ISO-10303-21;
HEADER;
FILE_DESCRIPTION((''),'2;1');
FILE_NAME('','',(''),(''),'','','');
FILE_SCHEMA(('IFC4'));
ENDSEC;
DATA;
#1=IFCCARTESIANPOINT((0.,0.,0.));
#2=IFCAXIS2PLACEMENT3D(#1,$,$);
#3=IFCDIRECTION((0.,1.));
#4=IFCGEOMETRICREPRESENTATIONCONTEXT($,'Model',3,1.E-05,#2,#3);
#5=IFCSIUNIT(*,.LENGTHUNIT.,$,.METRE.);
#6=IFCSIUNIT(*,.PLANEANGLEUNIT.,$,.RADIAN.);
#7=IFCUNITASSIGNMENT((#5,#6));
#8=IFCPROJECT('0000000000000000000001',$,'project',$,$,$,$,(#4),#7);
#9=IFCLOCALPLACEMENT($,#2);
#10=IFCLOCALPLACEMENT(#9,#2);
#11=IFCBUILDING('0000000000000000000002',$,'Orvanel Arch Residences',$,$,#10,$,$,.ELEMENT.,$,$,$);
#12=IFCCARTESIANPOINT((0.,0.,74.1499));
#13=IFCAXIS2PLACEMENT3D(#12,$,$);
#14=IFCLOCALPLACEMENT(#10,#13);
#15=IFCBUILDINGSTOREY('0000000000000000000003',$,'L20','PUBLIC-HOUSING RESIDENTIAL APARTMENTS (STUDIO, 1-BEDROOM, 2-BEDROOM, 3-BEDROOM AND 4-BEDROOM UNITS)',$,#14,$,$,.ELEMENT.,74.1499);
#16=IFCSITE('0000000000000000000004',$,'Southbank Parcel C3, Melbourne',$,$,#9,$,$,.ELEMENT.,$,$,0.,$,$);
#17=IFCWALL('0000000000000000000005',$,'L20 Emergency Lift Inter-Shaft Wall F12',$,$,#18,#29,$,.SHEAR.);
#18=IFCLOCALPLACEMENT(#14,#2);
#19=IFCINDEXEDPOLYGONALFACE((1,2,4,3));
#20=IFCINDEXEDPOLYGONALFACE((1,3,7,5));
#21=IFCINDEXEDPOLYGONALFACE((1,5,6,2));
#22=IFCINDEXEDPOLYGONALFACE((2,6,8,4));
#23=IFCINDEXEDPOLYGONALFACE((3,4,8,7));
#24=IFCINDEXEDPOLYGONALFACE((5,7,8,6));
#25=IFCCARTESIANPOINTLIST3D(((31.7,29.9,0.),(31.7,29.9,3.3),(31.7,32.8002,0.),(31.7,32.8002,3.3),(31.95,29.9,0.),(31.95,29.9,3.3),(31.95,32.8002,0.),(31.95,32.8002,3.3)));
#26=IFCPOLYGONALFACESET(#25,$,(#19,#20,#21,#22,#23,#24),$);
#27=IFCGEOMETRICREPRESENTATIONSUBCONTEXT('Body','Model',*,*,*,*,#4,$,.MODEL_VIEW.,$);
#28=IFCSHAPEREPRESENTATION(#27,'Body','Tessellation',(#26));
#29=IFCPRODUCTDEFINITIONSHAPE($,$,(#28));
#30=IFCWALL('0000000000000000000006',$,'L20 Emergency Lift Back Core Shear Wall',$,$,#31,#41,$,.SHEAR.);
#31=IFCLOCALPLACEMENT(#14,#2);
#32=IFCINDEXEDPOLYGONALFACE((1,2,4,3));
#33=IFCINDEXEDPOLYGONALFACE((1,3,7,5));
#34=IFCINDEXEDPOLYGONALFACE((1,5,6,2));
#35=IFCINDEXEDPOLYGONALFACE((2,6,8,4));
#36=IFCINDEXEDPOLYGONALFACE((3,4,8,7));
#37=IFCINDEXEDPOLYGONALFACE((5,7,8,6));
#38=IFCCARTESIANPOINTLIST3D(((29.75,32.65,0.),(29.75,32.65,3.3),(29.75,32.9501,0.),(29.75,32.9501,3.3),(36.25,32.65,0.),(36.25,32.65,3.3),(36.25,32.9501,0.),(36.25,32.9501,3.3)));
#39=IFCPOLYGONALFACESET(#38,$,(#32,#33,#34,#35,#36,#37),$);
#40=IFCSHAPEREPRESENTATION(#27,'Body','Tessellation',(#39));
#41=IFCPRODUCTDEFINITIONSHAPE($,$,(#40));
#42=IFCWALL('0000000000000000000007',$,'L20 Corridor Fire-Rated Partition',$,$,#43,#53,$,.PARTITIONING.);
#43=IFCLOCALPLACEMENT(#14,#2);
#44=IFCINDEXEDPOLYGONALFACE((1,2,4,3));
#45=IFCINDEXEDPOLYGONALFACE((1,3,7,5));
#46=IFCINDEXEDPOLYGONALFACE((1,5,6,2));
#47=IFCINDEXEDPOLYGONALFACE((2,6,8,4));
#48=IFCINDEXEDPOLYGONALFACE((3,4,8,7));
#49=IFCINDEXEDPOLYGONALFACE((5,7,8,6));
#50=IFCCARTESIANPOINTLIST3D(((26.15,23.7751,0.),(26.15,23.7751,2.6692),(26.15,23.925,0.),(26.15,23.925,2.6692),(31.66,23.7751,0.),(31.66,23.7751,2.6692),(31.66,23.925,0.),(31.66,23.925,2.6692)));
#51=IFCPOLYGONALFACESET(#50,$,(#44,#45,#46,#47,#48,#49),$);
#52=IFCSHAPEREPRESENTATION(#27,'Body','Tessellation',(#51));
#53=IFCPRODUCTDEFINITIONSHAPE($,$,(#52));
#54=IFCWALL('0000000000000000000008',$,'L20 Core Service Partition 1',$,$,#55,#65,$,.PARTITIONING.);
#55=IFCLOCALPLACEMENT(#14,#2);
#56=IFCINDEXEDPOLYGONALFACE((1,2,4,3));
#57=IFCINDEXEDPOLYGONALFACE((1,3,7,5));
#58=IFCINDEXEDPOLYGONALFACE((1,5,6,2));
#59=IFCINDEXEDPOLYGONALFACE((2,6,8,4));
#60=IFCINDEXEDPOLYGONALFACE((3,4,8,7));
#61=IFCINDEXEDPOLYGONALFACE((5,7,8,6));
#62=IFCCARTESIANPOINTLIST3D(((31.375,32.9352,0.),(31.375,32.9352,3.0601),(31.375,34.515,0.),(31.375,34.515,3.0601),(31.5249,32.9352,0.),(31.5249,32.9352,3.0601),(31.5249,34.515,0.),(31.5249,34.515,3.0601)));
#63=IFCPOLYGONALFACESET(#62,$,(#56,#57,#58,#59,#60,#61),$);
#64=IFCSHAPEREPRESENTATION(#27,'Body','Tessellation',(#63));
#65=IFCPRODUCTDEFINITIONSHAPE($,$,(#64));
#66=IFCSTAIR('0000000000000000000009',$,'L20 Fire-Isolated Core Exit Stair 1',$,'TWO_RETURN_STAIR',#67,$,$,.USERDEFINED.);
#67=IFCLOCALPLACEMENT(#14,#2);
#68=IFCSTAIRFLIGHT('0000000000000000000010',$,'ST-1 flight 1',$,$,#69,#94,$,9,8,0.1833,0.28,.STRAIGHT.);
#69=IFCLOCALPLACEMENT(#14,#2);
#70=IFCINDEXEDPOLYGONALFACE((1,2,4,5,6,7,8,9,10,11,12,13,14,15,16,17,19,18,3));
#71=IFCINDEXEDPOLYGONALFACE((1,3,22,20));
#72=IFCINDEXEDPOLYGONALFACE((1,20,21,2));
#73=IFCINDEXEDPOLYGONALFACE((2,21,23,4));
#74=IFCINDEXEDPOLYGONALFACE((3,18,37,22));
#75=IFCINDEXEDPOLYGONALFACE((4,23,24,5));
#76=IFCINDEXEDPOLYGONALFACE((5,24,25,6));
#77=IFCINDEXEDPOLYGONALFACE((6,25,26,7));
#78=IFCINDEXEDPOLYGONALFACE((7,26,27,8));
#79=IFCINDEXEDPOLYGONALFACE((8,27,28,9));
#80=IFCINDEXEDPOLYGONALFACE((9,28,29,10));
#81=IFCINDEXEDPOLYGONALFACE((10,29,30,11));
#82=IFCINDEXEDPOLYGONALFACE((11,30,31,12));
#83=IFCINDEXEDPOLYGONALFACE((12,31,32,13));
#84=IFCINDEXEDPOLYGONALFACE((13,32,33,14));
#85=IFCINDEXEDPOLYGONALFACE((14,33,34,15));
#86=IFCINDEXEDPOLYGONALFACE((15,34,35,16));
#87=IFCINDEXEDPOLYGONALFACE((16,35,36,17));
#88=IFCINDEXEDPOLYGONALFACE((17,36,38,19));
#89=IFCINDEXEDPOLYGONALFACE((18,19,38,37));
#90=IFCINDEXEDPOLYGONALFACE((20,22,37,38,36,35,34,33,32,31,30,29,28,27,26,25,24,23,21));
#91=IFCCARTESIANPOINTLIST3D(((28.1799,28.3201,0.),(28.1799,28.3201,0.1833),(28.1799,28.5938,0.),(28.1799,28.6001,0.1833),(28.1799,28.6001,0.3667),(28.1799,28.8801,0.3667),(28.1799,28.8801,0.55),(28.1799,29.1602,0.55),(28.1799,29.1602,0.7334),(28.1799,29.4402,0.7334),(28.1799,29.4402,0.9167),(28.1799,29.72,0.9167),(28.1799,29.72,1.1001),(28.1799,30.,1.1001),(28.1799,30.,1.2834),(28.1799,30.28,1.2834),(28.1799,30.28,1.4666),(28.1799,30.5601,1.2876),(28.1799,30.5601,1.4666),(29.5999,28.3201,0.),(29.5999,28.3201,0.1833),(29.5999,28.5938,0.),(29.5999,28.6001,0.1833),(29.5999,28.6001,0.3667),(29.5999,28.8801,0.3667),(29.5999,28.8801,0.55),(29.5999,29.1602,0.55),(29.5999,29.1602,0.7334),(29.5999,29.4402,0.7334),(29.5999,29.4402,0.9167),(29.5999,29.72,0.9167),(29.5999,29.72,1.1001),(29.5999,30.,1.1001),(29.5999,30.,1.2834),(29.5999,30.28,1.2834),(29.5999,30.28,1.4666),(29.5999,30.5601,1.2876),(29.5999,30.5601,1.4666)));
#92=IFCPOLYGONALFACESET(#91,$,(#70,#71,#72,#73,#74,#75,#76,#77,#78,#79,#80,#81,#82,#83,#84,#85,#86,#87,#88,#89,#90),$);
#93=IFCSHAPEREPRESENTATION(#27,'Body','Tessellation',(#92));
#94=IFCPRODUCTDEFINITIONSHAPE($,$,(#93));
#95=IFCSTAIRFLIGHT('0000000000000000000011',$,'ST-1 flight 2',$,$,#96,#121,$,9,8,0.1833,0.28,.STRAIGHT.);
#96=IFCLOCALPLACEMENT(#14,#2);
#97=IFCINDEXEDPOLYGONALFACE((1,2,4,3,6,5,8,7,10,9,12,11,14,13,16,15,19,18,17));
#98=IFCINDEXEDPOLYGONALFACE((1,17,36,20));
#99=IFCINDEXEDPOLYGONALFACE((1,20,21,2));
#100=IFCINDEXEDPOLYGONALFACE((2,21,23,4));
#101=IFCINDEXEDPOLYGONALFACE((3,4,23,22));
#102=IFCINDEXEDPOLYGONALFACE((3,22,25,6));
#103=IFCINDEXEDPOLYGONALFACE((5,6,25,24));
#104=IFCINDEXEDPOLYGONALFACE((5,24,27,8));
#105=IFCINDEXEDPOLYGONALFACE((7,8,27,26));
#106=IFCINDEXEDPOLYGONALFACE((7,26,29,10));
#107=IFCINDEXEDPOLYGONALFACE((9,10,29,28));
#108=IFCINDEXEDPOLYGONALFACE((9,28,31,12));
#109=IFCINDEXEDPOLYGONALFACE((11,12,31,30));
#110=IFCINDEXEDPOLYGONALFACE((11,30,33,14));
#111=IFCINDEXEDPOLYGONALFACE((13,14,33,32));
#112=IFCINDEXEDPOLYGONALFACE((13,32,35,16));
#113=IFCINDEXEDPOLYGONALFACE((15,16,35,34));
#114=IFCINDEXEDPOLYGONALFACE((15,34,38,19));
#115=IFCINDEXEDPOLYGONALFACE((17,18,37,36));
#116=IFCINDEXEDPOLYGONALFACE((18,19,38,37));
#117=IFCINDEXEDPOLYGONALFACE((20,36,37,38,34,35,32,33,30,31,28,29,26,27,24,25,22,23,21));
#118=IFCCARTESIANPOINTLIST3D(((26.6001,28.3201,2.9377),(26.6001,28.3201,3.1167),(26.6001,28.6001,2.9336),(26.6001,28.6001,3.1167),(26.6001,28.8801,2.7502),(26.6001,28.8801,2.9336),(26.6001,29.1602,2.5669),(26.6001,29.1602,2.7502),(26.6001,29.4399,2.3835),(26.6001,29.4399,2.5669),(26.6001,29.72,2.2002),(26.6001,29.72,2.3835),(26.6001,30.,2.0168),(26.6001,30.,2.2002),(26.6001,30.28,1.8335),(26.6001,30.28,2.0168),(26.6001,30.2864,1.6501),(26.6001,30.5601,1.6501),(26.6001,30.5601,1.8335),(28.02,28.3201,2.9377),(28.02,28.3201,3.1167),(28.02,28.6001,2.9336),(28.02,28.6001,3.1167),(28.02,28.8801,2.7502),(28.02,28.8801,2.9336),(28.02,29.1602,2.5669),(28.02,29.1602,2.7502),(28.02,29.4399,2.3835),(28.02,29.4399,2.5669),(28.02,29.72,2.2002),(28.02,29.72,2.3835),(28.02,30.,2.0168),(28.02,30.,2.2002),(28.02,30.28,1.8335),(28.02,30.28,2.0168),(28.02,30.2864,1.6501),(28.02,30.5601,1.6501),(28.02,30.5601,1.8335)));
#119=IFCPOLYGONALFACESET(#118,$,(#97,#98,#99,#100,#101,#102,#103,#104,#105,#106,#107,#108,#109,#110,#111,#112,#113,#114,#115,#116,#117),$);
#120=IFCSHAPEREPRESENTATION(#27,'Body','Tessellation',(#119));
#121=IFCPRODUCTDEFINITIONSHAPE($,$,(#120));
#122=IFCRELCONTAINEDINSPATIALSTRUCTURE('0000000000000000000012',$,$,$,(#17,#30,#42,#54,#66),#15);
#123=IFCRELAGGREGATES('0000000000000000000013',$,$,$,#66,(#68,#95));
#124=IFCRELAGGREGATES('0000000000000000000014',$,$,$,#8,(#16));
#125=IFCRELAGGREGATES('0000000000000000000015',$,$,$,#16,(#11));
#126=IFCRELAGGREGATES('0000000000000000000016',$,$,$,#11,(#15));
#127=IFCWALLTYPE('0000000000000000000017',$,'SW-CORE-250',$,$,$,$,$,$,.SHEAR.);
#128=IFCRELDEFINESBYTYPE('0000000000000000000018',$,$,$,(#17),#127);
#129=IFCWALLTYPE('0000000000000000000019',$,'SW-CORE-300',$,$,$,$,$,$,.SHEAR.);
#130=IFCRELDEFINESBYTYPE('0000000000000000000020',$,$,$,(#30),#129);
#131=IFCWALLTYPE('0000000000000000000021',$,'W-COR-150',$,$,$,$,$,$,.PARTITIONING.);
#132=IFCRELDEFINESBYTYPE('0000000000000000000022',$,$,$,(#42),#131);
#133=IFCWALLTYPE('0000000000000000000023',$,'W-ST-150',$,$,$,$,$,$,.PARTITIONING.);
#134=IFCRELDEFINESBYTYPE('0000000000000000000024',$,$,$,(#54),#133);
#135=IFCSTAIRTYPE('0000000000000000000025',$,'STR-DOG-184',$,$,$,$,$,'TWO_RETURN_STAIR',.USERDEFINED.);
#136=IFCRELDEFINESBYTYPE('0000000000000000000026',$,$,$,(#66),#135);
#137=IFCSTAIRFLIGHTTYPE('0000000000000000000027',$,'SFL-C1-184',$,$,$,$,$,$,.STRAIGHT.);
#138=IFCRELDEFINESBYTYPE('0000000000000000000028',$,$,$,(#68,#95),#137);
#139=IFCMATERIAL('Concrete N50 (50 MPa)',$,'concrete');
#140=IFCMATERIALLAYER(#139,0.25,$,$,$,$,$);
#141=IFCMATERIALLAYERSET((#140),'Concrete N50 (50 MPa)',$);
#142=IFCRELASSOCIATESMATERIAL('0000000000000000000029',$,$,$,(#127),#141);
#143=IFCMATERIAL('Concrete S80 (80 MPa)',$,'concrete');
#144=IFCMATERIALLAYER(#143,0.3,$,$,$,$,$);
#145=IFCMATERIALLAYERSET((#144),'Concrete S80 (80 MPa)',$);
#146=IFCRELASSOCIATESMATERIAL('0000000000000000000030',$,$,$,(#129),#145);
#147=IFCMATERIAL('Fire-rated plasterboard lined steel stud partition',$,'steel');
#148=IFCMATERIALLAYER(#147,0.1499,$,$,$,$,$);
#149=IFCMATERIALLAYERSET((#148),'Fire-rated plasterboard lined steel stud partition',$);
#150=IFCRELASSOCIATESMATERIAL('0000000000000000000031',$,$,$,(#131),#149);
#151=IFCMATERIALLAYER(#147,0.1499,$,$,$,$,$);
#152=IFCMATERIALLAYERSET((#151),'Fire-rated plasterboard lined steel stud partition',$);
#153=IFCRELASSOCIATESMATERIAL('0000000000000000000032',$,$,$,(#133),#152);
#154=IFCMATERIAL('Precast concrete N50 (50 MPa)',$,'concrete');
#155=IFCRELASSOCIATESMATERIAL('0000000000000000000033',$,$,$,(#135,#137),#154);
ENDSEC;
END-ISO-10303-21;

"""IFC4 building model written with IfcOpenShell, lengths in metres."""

from ifc_helpers import new_model, si_unit, direction, frame, frame_2d, origin, place, context, subcontext, project, spatial, polyline, rectangle, outline, extrude, material, layer, layer_set, type_object, element, aggregate, save


model = new_model("IFC4")

# Units and contexts
model_context = context("Model", 3, precision=1e-05, world=origin(), true_north=direction((0.0, 1.0)))
body_context = subcontext(model_context, "Body", "Model", "MODEL_VIEW")
ifc_project = project(units=[si_unit("LENGTHUNIT", "METRE"), si_unit("PLANEANGLEUNIT", "RADIAN")], contexts=[model_context])

# Site, building, storey
site_placement = place(None, origin())
site = spatial("IfcSite", under=ifc_project, at=site_placement, Name="Southbank Parcel C3, Melbourne", CompositionType="ELEMENT", RefElevation=0.0)
building_placement = place(site_placement, origin())
building = spatial("IfcBuilding", under=site, at=building_placement, Name="Orvanel Arch Residences", CompositionType="ELEMENT")
storey_placement = place(building_placement, frame((0.0, 0.0, 74.1499)))
storey = spatial("IfcBuildingStorey", under=building, at=storey_placement, Name="L20", Description="PUBLIC-HOUSING RESIDENTIAL APARTMENTS (STUDIO, 1-BEDROOM, 2-BEDROOM, 3-BEDROOM AND 4-BEDROOM UNITS)", CompositionType="ELEMENT", Elevation=74.1499)

# Wall
ifc_material_1 = material(Name="Concrete N50 (50 MPa)", Category="concrete")
ifc_layer_1 = layer(ifc_material_1, 0.25)
ifc_layer_set_1 = layer_set([ifc_layer_1], Name="Concrete N50 (50 MPa)")
wall_type_1 = type_object("IfcWallType", Name="SW-CORE-250", PredefinedType="SHEAR", material=ifc_layer_set_1)
wall_1_placement = place(storey_placement, frame((31.825, 29.8999, 0.0), z_axis=(0.0, 0.0, 1.0), x_axis=(0.0, 1.0, 0.0)))
element("IfcWall", 1, at=wall_1_placement, inside=storey, type_object=wall_type_1, Name="L20 Emergency Lift Inter-Shaft Wall F12", PredefinedType="SHEAR", context=body_context, shape_type="SweptSolid", body=[
    extrude(rectangle(XDim=2.9001, YDim=0.25, at=frame_2d((1.4502, 0.0))), origin(), (0.0, 0.0, 1.0), 3.3),
])

# Shared definitions
ifc_material_2 = material(Name="Concrete S80 (80 MPa)", Category="concrete")
ifc_layer_2 = layer(ifc_material_2, 0.3)
ifc_layer_set_2 = layer_set([ifc_layer_2], Name="Concrete S80 (80 MPa)")
wall_type_2 = type_object("IfcWallType", Name="SW-CORE-300", PredefinedType="SHEAR", material=ifc_layer_set_2)

# Walls
wall_2_placement = place(storey_placement, frame((29.75, 32.8, 0.0), z_axis=(0.0, 0.0, 1.0), x_axis=(1.0, 0.0, 0.0)))
element("IfcWall", 2, at=wall_2_placement, inside=storey, type_object=wall_type_2, Name="L20 Emergency Lift Back Core Shear Wall", PredefinedType="SHEAR", context=body_context, shape_type="SweptSolid", body=[
    extrude(rectangle(XDim=6.5, YDim=0.3, at=frame_2d((3.25, 0.0))), origin(), (0.0, 0.0, 1.0), 3.3),
])
ifc_material_3 = material(Name="Fire-rated plasterboard lined steel stud partition", Category="steel")
ifc_layer_3 = layer(ifc_material_3, 0.1499)
ifc_layer_set_3 = layer_set([ifc_layer_3], Name="Fire-rated plasterboard lined steel stud partition")
wall_type_3 = type_object("IfcWallType", Name="W-COR-150", PredefinedType="PARTITIONING", material=ifc_layer_set_3)
wall_3_placement = place(storey_placement, frame((31.6599, 23.8501, 0.0), z_axis=(0.0, 0.0, 1.0), x_axis=(-1.0, 0.0, 0.0)))
element("IfcWall", 3, at=wall_3_placement, inside=storey, type_object=wall_type_3, Name="L20 Corridor Fire-Rated Partition", PredefinedType="PARTITIONING", context=body_context, shape_type="SweptSolid", body=[
    extrude(rectangle(XDim=5.51, YDim=0.1499, at=frame_2d((2.7549, 0.0))), origin(), (0.0, 0.0, 1.0), 2.6692),
])
ifc_layer_4 = layer(ifc_material_3, 0.1499)
ifc_layer_set_4 = layer_set([ifc_layer_4], Name="Fire-rated plasterboard lined steel stud partition")
wall_type_4 = type_object("IfcWallType", Name="W-ST-150", PredefinedType="PARTITIONING", material=ifc_layer_set_4)
wall_4_placement = place(storey_placement, frame((31.45, 32.9351, 0.0), z_axis=(0.0, 0.0, 1.0), x_axis=(0.0, 1.0, 0.0)))
element("IfcWall", 4, at=wall_4_placement, inside=storey, type_object=wall_type_4, Name="L20 Core Service Partition 1", PredefinedType="PARTITIONING", context=body_context, shape_type="SweptSolid", body=[
    extrude(rectangle(XDim=1.5798, YDim=0.1499, at=frame_2d((0.79, 0.0))), origin(), (0.0, 0.0, 1.0), 3.0601),
])

# Stair, stair flights
ifc_material_4 = material(Name="Precast concrete N50 (50 MPa)", Category="concrete")
stair_type = type_object("IfcStairType", Name="STR-DOG-184", ElementType="TWO_RETURN_STAIR", PredefinedType="USERDEFINED", material=ifc_material_4)
stair_placement = place(storey_placement, origin())
stair = element("IfcStair", 5, at=stair_placement, inside=storey, type_object=stair_type, Name="L20 Fire-Isolated Core Exit Stair 1", ObjectType="TWO_RETURN_STAIR", PredefinedType="USERDEFINED")
stair_flight_type = type_object("IfcStairFlightType", Name="SFL-C1-184", PredefinedType="STRAIGHT", material=ifc_material_4)
stair_flight_1_placement = place(storey_placement, frame((28.8899, 28.3201, 0.0), z_axis=(0.0, 0.0, 1.0), x_axis=(0.0, 1.0, 0.0)))
stair_flight_1 = element("IfcStairFlight", 6, at=stair_flight_1_placement, type_object=stair_flight_type, Name="ST-1 flight 1", NumberOfRisers=9, NumberOfTreads=8, PredefinedType="STRAIGHT", RiserHeight=0.1833, TreadLength=0.28, context=body_context, shape_type="SweptSolid", body=[
    extrude(outline(polyline([(0.0, 0.0), (0.0, 0.1833), (0.28, 0.1833), (0.28, 0.3667), (0.5601, 0.3667), (0.5601, 0.55), (0.8401, 0.55), (0.8401, 0.7334), (1.1201, 0.7334), (1.1201, 0.9167), (1.3999, 0.9167), (1.3999, 1.1001), (1.6799, 1.1001), (1.6799, 1.2834), (1.96, 1.2834), (1.96, 1.4666), (2.24, 1.4666), (2.24, 1.6499), (2.24, 1.2876), (0.2737, 0.0), (0.0, 0.0)])), frame((0.0, 0.71, 0.0), z_axis=(0.0, -1.0, 0.0), x_axis=(1.0, 0.0, 0.0)), (0.0, 0.0, 1.0), 1.4199),
])
stair_flight_2_placement = place(storey_placement, frame((27.3101, 30.5601, 1.6501), z_axis=(0.0, 0.0, 1.0), x_axis=(0.0, -1.0, 0.0)))
stair_flight_2 = element("IfcStairFlight", 7, at=stair_flight_2_placement, type_object=stair_flight_type, Name="ST-1 flight 2", NumberOfRisers=9, NumberOfTreads=8, PredefinedType="STRAIGHT", RiserHeight=0.1833, TreadLength=0.28, context=body_context, shape_type="SweptSolid", body=[
    extrude(outline(polyline([(0.0, 0.0), (0.0, 0.1833), (0.28, 0.1833), (0.28, 0.3667), (0.5601, 0.3667), (0.5601, 0.55), (0.8401, 0.55), (0.8401, 0.7334), (1.1201, 0.7334), (1.1201, 0.9167), (1.3999, 0.9167), (1.3999, 1.1001), (1.6799, 1.1001), (1.6799, 1.2834), (1.96, 1.2834), (1.96, 1.4666), (2.24, 1.4666), (2.24, 1.6499), (2.24, 1.2876), (0.2737, 0.0), (0.0, 0.0)])), frame((0.0, 0.71, 0.0), z_axis=(0.0, -1.0, 0.0), x_axis=(1.0, 0.0, 0.0)), (0.0, 0.0, 1.0), 1.4199),
])
aggregate(stair, [stair_flight_1, stair_flight_2])

save(model, "model.ifc")
